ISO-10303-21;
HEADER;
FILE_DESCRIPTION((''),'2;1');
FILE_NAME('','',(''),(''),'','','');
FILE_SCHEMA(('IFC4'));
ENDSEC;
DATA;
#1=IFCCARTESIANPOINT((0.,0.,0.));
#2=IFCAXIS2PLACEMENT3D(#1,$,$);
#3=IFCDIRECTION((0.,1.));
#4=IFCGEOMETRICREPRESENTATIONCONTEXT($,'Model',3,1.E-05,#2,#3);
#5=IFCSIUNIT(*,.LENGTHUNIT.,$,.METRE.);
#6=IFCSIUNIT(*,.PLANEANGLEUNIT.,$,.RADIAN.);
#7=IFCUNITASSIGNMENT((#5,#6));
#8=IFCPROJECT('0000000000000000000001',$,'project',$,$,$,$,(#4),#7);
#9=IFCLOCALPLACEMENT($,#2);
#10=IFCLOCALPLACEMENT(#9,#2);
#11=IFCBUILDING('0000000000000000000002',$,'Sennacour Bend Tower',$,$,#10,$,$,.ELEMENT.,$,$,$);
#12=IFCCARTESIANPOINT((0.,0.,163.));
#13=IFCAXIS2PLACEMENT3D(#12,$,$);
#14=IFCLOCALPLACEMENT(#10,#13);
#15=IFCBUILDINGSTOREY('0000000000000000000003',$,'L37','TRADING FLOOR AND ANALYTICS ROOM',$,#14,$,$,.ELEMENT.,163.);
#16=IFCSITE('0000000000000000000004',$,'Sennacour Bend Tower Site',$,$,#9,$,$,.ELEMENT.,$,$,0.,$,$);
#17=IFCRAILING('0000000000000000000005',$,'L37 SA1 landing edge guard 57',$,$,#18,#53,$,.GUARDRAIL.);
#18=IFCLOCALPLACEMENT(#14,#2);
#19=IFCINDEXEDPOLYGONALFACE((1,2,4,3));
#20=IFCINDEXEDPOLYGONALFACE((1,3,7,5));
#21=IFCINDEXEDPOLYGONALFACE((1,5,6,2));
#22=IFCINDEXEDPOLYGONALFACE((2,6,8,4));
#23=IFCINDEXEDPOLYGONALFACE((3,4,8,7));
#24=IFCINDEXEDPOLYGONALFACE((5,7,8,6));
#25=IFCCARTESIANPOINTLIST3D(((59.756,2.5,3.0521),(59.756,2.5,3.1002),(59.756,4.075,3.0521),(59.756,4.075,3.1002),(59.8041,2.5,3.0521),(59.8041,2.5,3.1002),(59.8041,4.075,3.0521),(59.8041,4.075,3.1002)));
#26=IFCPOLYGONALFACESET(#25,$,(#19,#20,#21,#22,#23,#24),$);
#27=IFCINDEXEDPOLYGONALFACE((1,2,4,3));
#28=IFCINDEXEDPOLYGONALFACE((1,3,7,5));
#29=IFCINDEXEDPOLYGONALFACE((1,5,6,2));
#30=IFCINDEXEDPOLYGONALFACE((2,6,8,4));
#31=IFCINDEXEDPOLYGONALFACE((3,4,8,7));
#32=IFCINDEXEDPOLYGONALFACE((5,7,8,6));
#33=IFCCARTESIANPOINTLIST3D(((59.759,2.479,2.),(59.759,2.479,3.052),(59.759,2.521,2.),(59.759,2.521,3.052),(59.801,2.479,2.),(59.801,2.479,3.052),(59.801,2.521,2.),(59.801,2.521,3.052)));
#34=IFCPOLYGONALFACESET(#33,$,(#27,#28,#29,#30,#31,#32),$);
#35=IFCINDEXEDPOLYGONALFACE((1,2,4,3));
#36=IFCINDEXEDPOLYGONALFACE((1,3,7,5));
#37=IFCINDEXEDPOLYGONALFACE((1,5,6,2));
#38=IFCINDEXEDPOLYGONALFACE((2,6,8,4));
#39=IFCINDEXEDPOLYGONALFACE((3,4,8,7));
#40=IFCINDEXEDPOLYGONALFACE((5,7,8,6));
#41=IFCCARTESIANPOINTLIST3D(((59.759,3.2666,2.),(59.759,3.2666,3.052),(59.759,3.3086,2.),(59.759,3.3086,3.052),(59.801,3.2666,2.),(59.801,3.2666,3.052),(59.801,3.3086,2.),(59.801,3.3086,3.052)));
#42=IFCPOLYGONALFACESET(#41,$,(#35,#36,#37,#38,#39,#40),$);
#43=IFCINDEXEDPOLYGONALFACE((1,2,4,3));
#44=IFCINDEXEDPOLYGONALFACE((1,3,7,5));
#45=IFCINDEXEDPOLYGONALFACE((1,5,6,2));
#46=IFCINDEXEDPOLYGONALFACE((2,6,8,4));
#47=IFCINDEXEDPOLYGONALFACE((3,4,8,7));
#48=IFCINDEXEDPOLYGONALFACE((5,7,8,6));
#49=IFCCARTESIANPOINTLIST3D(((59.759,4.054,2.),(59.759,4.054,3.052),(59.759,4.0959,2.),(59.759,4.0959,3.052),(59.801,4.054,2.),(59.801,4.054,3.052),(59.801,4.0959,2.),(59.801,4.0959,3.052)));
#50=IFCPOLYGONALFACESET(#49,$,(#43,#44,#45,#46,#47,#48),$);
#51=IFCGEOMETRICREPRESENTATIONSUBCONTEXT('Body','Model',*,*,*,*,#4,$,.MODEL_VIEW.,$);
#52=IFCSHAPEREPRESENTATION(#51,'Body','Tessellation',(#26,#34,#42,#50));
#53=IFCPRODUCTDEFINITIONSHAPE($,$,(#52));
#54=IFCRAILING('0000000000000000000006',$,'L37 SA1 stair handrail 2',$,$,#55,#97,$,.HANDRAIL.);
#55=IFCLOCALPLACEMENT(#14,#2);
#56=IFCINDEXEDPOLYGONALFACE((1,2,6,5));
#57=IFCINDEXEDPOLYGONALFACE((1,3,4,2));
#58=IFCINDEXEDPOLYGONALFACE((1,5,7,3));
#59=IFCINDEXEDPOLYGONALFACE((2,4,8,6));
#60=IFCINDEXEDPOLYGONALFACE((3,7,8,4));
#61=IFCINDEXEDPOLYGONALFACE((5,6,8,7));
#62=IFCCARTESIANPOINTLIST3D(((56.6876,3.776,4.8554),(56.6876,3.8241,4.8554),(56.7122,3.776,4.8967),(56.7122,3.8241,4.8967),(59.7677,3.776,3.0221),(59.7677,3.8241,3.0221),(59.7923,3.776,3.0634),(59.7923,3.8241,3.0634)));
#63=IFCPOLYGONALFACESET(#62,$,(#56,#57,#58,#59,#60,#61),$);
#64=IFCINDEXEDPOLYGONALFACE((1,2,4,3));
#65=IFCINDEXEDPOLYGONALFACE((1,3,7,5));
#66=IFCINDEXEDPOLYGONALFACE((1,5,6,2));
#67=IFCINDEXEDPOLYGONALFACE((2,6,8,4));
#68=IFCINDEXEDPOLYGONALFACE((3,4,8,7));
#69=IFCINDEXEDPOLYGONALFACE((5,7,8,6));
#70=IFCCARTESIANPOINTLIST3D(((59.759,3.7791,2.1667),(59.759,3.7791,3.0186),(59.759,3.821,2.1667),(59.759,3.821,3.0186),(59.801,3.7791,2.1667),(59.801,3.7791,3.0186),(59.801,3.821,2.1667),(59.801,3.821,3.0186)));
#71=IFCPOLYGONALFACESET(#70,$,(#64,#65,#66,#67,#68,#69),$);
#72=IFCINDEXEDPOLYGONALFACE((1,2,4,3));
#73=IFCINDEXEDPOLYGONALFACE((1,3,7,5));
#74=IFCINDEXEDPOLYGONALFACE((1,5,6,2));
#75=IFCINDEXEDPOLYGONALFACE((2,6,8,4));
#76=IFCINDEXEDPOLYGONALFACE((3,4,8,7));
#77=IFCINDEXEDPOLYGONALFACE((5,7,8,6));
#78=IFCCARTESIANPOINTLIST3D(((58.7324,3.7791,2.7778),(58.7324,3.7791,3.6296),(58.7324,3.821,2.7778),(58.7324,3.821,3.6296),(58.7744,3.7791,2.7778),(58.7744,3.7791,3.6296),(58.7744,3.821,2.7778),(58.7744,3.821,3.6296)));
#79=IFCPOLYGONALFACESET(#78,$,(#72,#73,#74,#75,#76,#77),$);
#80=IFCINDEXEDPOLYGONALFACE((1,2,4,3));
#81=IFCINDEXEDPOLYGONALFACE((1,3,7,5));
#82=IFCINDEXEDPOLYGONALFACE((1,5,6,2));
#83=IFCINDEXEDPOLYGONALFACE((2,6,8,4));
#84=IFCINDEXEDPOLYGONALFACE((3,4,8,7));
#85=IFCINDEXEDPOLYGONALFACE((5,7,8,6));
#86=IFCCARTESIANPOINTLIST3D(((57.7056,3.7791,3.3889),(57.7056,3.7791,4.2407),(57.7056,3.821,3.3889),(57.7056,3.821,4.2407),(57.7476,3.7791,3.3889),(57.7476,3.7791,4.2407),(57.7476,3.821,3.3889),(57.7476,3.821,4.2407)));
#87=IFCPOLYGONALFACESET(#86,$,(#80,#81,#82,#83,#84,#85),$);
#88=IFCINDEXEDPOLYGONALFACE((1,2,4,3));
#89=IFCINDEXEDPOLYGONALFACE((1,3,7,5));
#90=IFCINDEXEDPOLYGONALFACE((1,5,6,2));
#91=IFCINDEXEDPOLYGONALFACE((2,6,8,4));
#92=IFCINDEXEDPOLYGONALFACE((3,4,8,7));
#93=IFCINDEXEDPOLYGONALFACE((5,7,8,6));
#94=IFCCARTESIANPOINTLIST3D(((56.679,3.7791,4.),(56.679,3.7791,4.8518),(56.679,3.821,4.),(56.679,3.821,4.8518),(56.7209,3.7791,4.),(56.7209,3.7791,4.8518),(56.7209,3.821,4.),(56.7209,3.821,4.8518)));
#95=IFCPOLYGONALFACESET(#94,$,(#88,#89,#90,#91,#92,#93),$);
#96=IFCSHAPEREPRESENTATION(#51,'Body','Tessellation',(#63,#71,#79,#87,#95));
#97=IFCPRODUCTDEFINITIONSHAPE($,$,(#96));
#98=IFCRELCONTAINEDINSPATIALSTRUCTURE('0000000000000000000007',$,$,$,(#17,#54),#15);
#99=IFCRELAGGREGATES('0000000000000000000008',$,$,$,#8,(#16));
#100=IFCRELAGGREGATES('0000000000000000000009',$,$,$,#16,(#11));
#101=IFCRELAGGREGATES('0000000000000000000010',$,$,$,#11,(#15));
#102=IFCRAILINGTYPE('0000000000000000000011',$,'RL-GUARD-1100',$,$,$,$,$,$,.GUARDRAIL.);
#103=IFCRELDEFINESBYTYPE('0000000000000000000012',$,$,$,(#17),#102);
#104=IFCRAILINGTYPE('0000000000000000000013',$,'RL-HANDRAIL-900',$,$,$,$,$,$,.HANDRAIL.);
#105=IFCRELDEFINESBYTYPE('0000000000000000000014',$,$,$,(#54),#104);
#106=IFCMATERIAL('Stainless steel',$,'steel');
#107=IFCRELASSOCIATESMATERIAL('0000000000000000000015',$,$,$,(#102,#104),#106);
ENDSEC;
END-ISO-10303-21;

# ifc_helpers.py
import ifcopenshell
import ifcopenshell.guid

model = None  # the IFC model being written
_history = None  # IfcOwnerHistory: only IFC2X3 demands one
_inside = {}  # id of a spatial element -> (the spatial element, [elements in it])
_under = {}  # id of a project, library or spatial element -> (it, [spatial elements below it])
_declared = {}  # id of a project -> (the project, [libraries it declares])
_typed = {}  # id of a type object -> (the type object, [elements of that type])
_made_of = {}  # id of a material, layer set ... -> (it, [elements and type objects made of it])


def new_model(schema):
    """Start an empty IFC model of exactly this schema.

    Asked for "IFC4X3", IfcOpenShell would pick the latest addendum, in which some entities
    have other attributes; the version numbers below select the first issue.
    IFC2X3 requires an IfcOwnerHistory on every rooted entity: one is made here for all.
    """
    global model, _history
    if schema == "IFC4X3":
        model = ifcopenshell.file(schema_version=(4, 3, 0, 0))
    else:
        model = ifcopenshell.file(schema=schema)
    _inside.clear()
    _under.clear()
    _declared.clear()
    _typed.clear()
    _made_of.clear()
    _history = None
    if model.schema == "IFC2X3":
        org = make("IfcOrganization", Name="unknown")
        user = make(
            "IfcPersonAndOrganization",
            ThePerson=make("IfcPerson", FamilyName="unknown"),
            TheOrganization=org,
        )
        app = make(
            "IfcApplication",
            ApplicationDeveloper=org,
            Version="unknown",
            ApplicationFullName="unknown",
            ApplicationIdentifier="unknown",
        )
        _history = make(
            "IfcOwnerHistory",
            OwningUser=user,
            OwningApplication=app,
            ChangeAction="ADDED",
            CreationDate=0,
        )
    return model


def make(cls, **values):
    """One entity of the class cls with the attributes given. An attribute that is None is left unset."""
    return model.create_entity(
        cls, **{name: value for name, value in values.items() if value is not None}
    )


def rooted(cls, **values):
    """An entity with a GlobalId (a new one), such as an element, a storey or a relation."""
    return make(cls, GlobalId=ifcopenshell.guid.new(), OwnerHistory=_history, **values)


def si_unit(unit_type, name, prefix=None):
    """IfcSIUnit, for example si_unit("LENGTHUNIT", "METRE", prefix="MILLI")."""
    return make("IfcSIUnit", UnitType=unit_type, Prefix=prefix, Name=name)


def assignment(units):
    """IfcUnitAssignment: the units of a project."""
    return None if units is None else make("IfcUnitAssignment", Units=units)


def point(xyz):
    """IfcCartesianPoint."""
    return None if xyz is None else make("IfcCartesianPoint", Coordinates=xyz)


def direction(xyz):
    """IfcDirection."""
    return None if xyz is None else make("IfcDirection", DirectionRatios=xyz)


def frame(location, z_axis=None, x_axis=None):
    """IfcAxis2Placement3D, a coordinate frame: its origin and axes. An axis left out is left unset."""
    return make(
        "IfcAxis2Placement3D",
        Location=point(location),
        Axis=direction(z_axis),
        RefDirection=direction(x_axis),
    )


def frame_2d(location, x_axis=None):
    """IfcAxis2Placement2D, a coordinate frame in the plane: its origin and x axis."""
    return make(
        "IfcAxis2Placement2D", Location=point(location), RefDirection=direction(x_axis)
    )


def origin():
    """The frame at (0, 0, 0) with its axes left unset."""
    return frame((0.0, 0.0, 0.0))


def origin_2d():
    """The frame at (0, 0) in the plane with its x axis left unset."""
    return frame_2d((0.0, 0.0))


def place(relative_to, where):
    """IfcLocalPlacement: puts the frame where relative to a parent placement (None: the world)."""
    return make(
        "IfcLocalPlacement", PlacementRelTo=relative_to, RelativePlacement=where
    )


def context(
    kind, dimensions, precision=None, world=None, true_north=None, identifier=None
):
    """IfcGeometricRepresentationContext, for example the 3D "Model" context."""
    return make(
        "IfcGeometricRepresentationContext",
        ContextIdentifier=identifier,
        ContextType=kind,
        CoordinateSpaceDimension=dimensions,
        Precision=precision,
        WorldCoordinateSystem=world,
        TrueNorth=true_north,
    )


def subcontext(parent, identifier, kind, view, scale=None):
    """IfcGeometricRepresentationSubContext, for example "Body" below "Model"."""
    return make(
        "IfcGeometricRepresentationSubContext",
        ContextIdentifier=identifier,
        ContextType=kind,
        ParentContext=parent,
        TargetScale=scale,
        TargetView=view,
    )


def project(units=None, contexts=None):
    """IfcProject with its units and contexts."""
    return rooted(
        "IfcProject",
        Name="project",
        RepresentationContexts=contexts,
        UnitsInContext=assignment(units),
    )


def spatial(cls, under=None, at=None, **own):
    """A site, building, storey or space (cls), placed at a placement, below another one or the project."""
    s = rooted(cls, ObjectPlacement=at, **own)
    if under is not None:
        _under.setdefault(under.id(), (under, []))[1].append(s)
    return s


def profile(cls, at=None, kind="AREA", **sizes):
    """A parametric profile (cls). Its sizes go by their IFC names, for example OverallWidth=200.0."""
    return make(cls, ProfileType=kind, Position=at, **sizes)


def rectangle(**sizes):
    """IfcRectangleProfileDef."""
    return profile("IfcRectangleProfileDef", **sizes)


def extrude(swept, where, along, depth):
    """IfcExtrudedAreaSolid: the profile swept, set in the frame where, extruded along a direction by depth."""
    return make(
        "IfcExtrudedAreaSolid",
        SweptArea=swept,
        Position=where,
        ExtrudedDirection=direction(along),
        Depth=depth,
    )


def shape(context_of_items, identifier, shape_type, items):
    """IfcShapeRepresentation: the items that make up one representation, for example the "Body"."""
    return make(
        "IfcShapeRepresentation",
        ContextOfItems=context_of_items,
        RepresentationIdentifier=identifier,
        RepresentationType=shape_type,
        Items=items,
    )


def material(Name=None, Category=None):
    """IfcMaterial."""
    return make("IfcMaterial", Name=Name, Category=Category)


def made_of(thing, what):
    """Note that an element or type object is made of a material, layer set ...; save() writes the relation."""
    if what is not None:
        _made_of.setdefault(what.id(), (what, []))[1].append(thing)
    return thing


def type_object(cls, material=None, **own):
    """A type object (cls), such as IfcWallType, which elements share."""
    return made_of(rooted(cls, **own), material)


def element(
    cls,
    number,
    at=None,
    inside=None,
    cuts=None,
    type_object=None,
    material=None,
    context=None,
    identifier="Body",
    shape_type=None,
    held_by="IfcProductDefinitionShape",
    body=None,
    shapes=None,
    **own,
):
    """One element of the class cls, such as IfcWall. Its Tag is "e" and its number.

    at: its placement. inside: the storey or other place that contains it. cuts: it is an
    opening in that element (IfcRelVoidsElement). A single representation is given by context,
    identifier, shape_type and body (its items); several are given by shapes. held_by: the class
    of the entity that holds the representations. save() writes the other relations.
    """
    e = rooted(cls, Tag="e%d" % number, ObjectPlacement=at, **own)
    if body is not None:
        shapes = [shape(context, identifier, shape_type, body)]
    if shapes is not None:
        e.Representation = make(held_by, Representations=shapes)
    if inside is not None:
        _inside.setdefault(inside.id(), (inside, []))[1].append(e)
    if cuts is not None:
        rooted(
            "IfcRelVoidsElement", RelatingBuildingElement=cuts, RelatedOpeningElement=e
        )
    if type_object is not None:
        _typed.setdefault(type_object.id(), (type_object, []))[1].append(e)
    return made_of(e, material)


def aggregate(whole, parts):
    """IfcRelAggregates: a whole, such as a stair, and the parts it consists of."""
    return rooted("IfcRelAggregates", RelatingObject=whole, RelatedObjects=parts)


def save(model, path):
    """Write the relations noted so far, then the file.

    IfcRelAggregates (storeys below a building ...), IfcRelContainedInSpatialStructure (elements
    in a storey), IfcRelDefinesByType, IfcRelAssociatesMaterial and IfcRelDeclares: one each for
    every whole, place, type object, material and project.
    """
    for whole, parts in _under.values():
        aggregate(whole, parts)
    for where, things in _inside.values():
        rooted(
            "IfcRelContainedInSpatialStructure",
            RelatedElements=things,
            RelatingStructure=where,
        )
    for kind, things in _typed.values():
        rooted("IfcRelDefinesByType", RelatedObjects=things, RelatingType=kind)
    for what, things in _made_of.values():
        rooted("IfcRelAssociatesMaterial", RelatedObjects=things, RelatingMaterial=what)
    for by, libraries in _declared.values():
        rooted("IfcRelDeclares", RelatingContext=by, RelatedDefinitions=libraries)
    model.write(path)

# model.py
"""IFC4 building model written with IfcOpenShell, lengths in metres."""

from ifc_helpers import new_model, si_unit, direction, frame, origin, origin_2d, place, context, subcontext, project, spatial, rectangle, extrude, material, type_object, element, save


model = new_model("IFC4")

# Units and contexts
model_context = context("Model", 3, precision=1e-05, world=origin(), true_north=direction((0.0, 1.0)))
body_context = subcontext(model_context, "Body", "Model", "MODEL_VIEW")
ifc_project = project(units=[si_unit("LENGTHUNIT", "METRE"), si_unit("PLANEANGLEUNIT", "RADIAN")], contexts=[model_context])

# Site, building, storey
site_placement = place(None, origin())
site = spatial("IfcSite", under=ifc_project, at=site_placement, Name="Sennacour Bend Tower Site", CompositionType="ELEMENT", RefElevation=0.0)
building_placement = place(site_placement, origin())
building = spatial("IfcBuilding", under=site, at=building_placement, Name="Sennacour Bend Tower", CompositionType="ELEMENT")
storey_placement = place(building_placement, frame((0.0, 0.0, 163.0)))
storey = spatial("IfcBuildingStorey", under=building, at=storey_placement, Name="L37", Description="TRADING FLOOR AND ANALYTICS ROOM", CompositionType="ELEMENT", Elevation=163.0)

# Shared definitions
ifc_material_1 = material(Name="Stainless steel", Category="steel")

# Railings
railing_type_1 = type_object("IfcRailingType", Name="RL-GUARD-1100", PredefinedType="GUARDRAIL", material=ifc_material_1)
railing_1_placement = place(storey_placement, frame((59.78, 2.5, 2.0)))
element("IfcRailing", 1, at=railing_1_placement, inside=storey, type_object=railing_type_1, Name="L37 SA1 landing edge guard 57", PredefinedType="GUARDRAIL", context=body_context, shape_type="SweptSolid", body=[
    extrude(rectangle(XDim=0.0481, YDim=0.0481, at=origin_2d()), frame((0.0, 0.0, 1.0762), z_axis=(0.0, 1.0, 0.0), x_axis=(-1.0, 0.0, 0.0)), (0.0, 0.0, 1.0), 1.575),
    extrude(rectangle(XDim=0.042, YDim=0.042, at=origin_2d()), origin(), (0.0, 0.0, 1.0), 1.052),
    extrude(rectangle(XDim=0.042, YDim=0.042, at=origin_2d()), frame((0.0, 0.7876, 0.0)), (0.0, 0.0, 1.0), 1.052),
    extrude(rectangle(XDim=0.042, YDim=0.042, at=origin_2d()), frame((0.0, 1.575, 0.0)), (0.0, 0.0, 1.0), 1.052),
])
railing_type_2 = type_object("IfcRailingType", Name="RL-HANDRAIL-900", PredefinedType="HANDRAIL", material=ifc_material_1)
railing_2_placement = place(storey_placement, frame((59.78, 3.8, 2.1667)))
element("IfcRailing", 2, at=railing_2_placement, inside=storey, type_object=railing_type_2, Name="L37 SA1 stair handrail 2", PredefinedType="HANDRAIL", context=body_context, shape_type="SweptSolid", body=[
    extrude(rectangle(XDim=0.0481, YDim=0.0481, at=origin_2d()), frame((0.0, 0.0, 0.876), z_axis=(-0.859309, 0.0, 0.511458), x_axis=(0.0, -1.0, 0.0)), (0.0, 0.0, 1.0), 3.5845),
    extrude(rectangle(XDim=0.042, YDim=0.042, at=origin_2d()), origin(), (0.0, 0.0, 1.0), 0.8518),
    extrude(rectangle(XDim=0.042, YDim=0.042, at=origin_2d()), frame((-1.0266, 0.0, 0.6111)), (0.0, 0.0, 1.0), 0.8518),
    extrude(rectangle(XDim=0.042, YDim=0.042, at=origin_2d()), frame((-2.0535, 0.0, 1.2222)), (0.0, 0.0, 1.0), 0.8518),
    extrude(rectangle(XDim=0.042, YDim=0.042, at=origin_2d()), frame((-3.0801, 0.0, 1.8333)), (0.0, 0.0, 1.0), 0.8518),
])

save(model, "model.ifc")
